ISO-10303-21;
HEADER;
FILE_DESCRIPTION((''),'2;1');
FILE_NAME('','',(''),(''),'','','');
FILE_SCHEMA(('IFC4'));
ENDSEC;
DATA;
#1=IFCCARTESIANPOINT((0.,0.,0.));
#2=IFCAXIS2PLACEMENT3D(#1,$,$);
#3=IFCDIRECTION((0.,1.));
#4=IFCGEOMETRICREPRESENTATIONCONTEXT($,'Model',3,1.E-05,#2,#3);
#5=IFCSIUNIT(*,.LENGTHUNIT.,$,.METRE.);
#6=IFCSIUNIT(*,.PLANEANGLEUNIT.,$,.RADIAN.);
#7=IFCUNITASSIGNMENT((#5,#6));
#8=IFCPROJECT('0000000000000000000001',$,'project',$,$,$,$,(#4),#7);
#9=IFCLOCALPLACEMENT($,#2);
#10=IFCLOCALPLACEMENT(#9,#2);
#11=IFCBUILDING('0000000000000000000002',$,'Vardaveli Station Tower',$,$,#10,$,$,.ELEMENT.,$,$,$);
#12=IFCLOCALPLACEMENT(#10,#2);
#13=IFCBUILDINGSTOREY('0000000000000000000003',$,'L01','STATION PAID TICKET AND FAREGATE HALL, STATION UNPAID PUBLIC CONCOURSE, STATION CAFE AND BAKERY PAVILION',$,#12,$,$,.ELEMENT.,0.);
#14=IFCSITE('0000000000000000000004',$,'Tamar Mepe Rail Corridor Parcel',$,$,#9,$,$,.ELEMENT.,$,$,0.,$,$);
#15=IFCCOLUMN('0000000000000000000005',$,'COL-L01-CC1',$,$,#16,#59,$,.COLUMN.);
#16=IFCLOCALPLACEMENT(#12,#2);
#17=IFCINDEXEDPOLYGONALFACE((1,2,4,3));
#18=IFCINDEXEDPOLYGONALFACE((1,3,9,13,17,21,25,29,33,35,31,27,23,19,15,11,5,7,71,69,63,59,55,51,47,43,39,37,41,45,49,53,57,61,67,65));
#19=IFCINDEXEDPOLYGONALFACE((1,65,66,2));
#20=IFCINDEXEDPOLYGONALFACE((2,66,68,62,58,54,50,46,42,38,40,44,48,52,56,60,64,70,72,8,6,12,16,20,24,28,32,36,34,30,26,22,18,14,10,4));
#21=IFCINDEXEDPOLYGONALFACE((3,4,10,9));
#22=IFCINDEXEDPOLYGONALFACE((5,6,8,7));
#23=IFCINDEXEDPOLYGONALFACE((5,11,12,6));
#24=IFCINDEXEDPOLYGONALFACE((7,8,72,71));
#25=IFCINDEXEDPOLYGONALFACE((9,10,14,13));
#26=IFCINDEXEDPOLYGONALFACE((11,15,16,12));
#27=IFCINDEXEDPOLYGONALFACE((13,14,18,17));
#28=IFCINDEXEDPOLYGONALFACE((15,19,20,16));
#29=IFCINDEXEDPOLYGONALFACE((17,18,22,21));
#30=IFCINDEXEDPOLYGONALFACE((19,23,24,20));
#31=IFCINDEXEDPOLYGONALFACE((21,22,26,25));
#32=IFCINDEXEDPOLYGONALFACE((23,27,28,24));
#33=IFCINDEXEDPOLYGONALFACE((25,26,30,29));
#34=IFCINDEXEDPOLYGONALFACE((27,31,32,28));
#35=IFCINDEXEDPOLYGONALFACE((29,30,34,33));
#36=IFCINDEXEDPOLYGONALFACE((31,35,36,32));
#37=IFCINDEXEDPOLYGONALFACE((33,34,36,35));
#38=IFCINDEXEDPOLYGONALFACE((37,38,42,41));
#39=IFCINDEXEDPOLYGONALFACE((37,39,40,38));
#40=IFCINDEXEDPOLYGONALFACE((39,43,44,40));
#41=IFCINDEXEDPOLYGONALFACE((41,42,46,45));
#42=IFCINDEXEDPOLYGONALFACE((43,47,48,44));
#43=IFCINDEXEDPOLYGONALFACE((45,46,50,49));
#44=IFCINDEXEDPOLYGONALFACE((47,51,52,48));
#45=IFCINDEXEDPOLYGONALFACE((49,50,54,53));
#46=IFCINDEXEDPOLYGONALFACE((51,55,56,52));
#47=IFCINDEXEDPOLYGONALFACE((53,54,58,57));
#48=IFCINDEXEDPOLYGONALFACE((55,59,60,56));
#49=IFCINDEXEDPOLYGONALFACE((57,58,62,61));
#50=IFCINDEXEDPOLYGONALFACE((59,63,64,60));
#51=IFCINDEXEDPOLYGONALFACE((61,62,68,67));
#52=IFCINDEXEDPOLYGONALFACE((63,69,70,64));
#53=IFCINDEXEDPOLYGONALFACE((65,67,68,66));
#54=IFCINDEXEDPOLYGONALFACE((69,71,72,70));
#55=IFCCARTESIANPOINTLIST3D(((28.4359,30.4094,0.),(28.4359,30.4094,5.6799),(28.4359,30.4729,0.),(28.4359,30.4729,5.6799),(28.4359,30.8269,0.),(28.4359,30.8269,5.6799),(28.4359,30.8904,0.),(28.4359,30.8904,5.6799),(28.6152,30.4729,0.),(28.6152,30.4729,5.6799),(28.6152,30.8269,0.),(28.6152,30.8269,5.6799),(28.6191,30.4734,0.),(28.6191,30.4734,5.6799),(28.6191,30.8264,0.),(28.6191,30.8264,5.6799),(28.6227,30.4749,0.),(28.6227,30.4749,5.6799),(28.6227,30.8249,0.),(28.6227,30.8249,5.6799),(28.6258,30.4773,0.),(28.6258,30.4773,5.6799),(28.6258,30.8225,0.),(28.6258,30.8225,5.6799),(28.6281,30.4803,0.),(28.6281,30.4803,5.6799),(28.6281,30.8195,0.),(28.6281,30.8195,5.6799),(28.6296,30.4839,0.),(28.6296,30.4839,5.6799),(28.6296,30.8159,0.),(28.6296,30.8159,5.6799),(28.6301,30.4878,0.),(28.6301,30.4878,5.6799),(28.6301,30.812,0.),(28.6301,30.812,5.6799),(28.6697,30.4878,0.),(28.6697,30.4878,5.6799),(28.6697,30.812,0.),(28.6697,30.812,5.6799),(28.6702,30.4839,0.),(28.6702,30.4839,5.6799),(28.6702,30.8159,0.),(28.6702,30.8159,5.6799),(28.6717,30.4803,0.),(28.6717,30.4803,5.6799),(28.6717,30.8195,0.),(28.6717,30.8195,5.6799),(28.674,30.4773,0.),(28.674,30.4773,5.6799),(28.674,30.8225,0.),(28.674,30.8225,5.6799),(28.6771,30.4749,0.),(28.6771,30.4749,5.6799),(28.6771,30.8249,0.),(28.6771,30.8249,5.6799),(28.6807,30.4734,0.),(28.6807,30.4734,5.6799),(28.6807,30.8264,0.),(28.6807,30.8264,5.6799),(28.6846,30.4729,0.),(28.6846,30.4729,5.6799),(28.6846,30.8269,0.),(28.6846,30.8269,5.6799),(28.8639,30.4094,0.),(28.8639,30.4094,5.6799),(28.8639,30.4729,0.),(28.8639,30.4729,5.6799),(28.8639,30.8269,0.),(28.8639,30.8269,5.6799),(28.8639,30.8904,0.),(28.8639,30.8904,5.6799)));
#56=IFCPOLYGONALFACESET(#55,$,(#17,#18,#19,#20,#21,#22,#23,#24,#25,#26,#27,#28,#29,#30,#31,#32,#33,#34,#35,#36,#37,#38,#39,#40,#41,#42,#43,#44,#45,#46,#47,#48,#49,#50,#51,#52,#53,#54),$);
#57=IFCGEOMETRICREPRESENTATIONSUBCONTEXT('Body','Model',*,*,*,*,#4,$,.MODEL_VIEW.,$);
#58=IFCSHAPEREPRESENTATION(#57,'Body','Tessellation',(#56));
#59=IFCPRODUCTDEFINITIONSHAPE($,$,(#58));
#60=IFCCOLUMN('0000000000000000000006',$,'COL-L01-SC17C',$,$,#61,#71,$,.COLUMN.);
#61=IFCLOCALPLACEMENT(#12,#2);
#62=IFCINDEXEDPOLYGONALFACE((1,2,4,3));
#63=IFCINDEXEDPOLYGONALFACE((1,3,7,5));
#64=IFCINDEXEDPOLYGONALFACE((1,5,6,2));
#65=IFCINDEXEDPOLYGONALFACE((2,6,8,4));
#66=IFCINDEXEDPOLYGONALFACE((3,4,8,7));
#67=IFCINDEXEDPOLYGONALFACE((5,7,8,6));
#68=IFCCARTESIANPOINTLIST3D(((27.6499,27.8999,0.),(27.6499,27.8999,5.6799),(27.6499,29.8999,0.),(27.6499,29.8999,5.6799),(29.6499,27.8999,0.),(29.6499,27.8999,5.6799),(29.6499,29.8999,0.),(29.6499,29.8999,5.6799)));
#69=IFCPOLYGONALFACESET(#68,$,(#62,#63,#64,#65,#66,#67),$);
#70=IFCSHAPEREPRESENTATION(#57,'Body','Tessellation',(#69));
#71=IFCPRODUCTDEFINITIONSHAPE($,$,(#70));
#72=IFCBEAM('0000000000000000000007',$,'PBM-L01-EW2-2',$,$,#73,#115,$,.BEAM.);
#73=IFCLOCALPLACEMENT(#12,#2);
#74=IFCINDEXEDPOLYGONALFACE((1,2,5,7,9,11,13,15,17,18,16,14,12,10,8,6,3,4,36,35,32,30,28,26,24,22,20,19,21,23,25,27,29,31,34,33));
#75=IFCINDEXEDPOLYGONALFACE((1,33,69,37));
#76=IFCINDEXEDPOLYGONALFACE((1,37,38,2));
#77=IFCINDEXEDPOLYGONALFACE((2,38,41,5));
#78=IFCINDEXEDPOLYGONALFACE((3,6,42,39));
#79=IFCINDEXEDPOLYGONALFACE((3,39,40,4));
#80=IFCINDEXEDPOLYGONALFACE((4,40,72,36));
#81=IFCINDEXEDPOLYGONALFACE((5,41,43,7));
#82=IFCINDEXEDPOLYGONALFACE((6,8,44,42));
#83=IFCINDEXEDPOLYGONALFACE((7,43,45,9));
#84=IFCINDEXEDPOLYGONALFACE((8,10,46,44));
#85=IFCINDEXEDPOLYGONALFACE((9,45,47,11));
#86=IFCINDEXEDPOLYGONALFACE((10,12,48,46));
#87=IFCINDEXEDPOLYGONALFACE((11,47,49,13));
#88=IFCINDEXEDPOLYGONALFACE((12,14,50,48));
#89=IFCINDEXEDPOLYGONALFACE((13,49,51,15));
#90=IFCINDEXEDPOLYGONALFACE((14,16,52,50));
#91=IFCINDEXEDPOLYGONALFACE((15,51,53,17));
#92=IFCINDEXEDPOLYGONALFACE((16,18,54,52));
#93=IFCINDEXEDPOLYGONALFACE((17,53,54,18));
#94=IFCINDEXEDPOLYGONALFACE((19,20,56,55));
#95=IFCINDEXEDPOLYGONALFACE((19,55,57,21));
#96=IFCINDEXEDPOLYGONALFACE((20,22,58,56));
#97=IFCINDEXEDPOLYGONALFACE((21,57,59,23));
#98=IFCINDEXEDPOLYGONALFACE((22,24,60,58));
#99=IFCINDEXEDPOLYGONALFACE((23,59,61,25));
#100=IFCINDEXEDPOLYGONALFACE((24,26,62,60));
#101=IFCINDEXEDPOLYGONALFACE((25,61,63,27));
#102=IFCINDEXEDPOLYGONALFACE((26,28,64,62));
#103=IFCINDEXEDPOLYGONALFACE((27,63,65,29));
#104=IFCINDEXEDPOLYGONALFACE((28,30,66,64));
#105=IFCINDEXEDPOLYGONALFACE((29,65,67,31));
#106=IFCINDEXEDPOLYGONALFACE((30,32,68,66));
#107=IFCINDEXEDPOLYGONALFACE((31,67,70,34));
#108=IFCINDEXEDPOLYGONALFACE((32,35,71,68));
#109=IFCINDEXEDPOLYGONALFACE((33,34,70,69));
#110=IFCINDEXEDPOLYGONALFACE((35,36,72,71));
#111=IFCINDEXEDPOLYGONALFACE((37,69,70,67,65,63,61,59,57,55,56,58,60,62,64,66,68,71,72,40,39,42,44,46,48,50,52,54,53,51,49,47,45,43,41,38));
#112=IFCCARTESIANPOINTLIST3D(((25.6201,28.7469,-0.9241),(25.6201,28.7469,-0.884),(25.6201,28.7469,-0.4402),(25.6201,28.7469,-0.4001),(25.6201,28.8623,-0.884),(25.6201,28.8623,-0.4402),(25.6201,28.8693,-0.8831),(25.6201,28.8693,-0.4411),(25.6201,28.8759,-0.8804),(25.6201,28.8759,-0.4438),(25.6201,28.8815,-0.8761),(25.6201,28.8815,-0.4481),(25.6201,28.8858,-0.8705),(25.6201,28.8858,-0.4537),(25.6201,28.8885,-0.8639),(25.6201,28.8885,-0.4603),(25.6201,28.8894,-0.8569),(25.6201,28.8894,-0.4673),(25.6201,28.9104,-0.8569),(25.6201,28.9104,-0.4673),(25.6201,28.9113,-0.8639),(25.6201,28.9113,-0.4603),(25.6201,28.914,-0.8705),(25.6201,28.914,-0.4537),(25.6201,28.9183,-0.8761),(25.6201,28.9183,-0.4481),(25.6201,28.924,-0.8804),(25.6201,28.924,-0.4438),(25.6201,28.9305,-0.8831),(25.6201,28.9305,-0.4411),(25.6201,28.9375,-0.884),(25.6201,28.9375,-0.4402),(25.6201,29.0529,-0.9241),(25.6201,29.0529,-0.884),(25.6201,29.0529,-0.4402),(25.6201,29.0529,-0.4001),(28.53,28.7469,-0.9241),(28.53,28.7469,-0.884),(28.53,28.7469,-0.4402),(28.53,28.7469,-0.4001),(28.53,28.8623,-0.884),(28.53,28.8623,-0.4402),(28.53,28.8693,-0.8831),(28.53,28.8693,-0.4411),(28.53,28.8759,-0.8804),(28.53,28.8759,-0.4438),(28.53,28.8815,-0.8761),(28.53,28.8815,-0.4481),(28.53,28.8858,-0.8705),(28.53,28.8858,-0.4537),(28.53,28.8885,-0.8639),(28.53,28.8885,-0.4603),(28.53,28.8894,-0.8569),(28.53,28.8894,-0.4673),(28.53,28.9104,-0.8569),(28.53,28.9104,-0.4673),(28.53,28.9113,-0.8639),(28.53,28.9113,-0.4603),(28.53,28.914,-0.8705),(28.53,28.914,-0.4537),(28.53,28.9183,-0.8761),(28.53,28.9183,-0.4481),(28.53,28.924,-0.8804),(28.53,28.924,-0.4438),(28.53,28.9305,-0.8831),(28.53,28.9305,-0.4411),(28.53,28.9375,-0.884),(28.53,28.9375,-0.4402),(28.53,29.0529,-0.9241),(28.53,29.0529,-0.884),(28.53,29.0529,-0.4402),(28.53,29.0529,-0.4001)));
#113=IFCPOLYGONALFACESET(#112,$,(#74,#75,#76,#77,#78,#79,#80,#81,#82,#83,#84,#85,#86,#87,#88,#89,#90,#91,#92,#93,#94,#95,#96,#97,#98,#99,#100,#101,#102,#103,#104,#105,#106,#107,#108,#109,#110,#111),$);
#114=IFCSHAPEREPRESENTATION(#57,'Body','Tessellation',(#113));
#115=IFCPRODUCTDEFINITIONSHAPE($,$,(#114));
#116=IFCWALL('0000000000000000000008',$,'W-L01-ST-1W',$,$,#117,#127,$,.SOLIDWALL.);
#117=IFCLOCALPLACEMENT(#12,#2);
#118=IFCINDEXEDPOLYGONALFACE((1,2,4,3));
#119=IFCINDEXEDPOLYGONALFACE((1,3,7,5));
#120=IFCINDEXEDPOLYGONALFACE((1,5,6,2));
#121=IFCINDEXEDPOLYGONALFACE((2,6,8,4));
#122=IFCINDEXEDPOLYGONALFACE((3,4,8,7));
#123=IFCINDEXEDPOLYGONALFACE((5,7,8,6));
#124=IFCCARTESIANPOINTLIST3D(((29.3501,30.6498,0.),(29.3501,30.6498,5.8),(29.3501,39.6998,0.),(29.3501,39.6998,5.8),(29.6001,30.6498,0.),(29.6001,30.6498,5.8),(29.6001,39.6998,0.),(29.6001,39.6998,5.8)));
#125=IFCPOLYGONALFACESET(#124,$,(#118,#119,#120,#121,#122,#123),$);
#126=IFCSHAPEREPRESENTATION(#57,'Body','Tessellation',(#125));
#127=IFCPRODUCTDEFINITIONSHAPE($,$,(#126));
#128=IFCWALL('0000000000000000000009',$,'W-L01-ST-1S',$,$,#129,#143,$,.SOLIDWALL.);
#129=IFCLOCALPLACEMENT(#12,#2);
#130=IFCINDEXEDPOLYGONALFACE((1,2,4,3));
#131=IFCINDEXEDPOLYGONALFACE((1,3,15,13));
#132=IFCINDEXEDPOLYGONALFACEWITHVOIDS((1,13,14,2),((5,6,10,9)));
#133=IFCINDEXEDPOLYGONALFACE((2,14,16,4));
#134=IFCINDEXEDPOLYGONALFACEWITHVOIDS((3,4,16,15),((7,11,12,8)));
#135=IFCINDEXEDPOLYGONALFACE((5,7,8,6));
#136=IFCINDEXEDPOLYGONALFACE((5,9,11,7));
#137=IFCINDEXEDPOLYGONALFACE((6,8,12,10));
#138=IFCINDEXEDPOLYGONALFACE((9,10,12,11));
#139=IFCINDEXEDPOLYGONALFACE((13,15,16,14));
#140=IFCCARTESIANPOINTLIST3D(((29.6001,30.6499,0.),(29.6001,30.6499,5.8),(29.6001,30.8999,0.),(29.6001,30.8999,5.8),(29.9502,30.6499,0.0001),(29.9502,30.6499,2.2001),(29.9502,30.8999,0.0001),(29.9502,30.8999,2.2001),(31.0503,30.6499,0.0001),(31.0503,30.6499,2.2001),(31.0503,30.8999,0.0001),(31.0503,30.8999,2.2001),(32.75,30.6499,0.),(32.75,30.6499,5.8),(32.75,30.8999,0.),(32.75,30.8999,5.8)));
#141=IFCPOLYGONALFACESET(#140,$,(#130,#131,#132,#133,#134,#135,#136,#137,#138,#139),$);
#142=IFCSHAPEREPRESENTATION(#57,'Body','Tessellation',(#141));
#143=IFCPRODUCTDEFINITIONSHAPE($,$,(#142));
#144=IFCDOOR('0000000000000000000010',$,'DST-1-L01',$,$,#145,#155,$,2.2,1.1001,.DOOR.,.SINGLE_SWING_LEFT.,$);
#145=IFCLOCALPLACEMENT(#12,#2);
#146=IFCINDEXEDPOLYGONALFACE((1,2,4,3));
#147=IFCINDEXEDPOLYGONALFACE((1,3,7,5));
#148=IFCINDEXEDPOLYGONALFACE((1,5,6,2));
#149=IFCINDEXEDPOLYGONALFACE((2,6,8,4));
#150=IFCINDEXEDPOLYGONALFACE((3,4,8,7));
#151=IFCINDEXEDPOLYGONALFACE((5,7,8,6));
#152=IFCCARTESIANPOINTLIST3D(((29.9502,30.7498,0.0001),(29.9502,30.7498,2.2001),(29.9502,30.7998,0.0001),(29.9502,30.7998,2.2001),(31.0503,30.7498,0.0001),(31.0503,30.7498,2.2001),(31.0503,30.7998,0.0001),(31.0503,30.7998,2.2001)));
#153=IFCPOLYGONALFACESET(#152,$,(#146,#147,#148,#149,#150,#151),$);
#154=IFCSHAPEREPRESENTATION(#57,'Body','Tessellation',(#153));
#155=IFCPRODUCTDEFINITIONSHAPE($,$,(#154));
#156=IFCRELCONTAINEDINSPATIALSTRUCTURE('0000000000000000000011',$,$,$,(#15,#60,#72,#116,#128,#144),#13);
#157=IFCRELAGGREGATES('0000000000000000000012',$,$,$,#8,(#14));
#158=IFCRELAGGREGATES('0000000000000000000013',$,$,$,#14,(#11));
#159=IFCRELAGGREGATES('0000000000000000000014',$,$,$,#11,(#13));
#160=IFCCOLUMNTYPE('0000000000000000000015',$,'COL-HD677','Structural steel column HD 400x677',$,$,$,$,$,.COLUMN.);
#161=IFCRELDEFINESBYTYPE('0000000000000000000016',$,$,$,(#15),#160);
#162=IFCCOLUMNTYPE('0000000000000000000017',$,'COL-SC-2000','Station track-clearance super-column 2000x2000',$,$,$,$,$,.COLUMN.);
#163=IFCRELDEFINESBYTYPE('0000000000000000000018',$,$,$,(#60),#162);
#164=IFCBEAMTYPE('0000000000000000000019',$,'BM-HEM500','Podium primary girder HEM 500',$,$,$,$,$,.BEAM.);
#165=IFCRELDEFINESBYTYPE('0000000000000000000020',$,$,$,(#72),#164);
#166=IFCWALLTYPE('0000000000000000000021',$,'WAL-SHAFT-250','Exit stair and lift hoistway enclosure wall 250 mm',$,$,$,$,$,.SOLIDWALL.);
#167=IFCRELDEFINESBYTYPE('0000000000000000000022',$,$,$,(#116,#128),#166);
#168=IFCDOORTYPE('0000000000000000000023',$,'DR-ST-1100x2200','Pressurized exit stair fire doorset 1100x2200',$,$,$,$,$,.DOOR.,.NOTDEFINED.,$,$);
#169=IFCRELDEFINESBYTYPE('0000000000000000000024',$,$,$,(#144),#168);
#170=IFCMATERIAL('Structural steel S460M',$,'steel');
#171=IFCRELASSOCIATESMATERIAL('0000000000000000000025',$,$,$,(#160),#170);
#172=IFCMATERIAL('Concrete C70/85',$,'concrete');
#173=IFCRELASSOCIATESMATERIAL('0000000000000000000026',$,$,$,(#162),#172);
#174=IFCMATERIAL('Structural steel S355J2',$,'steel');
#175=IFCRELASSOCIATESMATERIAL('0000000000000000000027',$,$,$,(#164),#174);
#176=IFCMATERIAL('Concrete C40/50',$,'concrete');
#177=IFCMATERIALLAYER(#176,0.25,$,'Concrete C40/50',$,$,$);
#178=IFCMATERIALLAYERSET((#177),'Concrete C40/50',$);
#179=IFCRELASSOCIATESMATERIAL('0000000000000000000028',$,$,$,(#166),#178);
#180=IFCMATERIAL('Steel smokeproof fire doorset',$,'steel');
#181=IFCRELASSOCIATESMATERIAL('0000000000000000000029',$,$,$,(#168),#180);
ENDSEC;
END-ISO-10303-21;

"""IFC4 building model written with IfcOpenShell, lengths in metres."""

from ifc_helpers import new_model, si_unit, direction, frame, frame_2d, origin, origin_2d, place, context, subcontext, project, spatial, rectangle, i_section, extrude, source, transform, mapped, material, layer, layer_set, material_profile, profile_set, type_object, element, fill, save


model = new_model("IFC4")

# Units and contexts
model_context = context("Model", 3, precision=1e-05, world=origin(), true_north=direction((0.0, 1.0)))
body_context = subcontext(model_context, "Body", "Model", "MODEL_VIEW")
ifc_project = project(units=[si_unit("LENGTHUNIT", "METRE"), si_unit("PLANEANGLEUNIT", "RADIAN")], contexts=[model_context])

# Site, building, storey
site_placement = place(None, origin())
site = spatial("IfcSite", under=ifc_project, at=site_placement, Name="Tamar Mepe Rail Corridor Parcel", CompositionType="ELEMENT", RefElevation=0.0)
building_placement = place(site_placement, origin())
building = spatial("IfcBuilding", under=site, at=building_placement, Name="Vardaveli Station Tower", CompositionType="ELEMENT")
storey_placement = place(building_placement, origin())
storey = spatial("IfcBuildingStorey", under=building, at=storey_placement, Name="L01", Description="STATION PAID TICKET AND FAREGATE HALL, STATION UNPAID PUBLIC CONCOURSE, STATION CAFE AND BAKERY PAVILION", CompositionType="ELEMENT", Elevation=0.0)

# Columns
ifc_material_1 = material(Name="Structural steel S460M", Category="steel")
ifc_material_profile_1 = material_profile(ifc_material_1, i_section(OverallWidth=0.428, OverallDepth=0.481, WebThickness=0.0396, FlangeThickness=0.0635, FilletRadius=0.0149, at=origin_2d()), Name="HD 400x677")
ifc_profile_set_1 = profile_set([ifc_material_profile_1], Name="Structural steel S460M")
column_type_1 = type_object("IfcColumnType", Name="COL-HD677", Description="Structural steel column HD 400x677", PredefinedType="COLUMN", material=ifc_profile_set_1)
shared_shape_1 = source(origin(), body_context, "Body", "SweptSolid", [
    extrude(i_section(OverallWidth=0.428, OverallDepth=0.481, WebThickness=0.0396, FlangeThickness=0.0635, FilletRadius=0.0149, at=origin_2d()), origin(), (0.0, 0.0, 1.0), 5.6799),
])
column_1_placement = place(storey_placement, frame((28.6499, 30.6499, 0.0), z_axis=(0.0, 0.0, 1.0), x_axis=(1.0, 0.0, 0.0)))
element("IfcColumn", 1, at=column_1_placement, inside=storey, type_object=column_type_1, Name="COL-L01-CC1", PredefinedType="COLUMN", context=body_context, shape_type="MappedRepresentation", body=[
    mapped(shared_shape_1, transform((0.0, 0.0, 0.0), scale=1.0)),
])
ifc_material_2 = material(Name="Concrete C70/85", Category="concrete")
ifc_material_profile_2 = material_profile(ifc_material_2, rectangle(XDim=2.0, YDim=2.0, at=origin_2d()), Name="SC 2000x2000")
ifc_profile_set_2 = profile_set([ifc_material_profile_2], Name="Concrete C70/85")
column_type_2 = type_object("IfcColumnType", Name="COL-SC-2000", Description="Station track-clearance super-column 2000x2000", PredefinedType="COLUMN", material=ifc_profile_set_2)
shared_shape_2 = source(origin(), body_context, "Body", "SweptSolid", [
    extrude(rectangle(XDim=2.0, YDim=2.0, at=origin_2d()), origin(), (0.0, 0.0, 1.0), 5.6799),
])
column_2_placement = place(storey_placement, frame((28.6499, 28.8999, 0.0), z_axis=(0.0, 0.0, 1.0), x_axis=(1.0, 0.0, 0.0)))
element("IfcColumn", 2, at=column_2_placement, inside=storey, type_object=column_type_2, Name="COL-L01-SC17C", PredefinedType="COLUMN", context=body_context, shape_type="MappedRepresentation", body=[
    mapped(shared_shape_2, transform((0.0, 0.0, 0.0), scale=1.0)),
])

# Beam
ifc_material_3 = material(Name="Structural steel S355J2", Category="steel")
ifc_material_profile_3 = material_profile(ifc_material_3, i_section(OverallWidth=0.3059, OverallDepth=0.5239, WebThickness=0.021, FlangeThickness=0.04, FilletRadius=0.0271, at=origin_2d()), Name="HEM 500")
ifc_profile_set_3 = profile_set([ifc_material_profile_3], Name="Structural steel S355J2")
beam_type = type_object("IfcBeamType", Name="BM-HEM500", Description="Podium primary girder HEM 500", PredefinedType="BEAM", material=ifc_profile_set_3)
shared_shape_3 = source(origin(), body_context, "Body", "SweptSolid", [
    extrude(i_section(OverallWidth=0.3059, OverallDepth=0.5239, WebThickness=0.021, FlangeThickness=0.04, FilletRadius=0.0271, at=origin_2d()), origin(), (0.0, 0.0, 1.0), 2.9099),
])
beam_placement = place(storey_placement, frame((25.6201, 28.8999, -0.6621), z_axis=(1.0, 0.0, 0.0), x_axis=(0.0, 1.0, 0.0)))
element("IfcBeam", 3, at=beam_placement, inside=storey, type_object=beam_type, Name="PBM-L01-EW2-2", PredefinedType="BEAM", context=body_context, shape_type="MappedRepresentation", body=[
    mapped(shared_shape_3, transform((0.0, 0.0, 0.0), scale=1.0)),
])

# Wall
ifc_material_4 = material(Name="Concrete C40/50", Category="concrete")
ifc_layer_1 = layer(ifc_material_4, 0.25, Name="Concrete C40/50")
ifc_layer_set_1 = layer_set([ifc_layer_1], Name="Concrete C40/50")
wall_type_1 = type_object("IfcWallType", Name="WAL-SHAFT-250", Description="Exit stair and lift hoistway enclosure wall 250 mm", PredefinedType="SOLIDWALL", material=ifc_layer_set_1)
shared_shape_4 = source(origin(), body_context, "Body", "SweptSolid", [
    extrude(rectangle(XDim=9.05, YDim=0.25, at=frame_2d((4.5249, 0.0))), origin(), (0.0, 0.0, 1.0), 5.8),
])
wall_1_placement = place(storey_placement, frame((29.4751, 30.6499, 0.0), z_axis=(0.0, 0.0, 1.0), x_axis=(0.0, 1.0, 0.0)))
element("IfcWall", 4, at=wall_1_placement, inside=storey, type_object=wall_type_1, Name="W-L01-ST-1W", PredefinedType="SOLIDWALL", context=body_context, shape_type="MappedRepresentation", body=[
    mapped(shared_shape_4, transform((0.0, 0.0, 0.0), scale=1.0)),
])

# Wall, opening, door
shared_shape_5 = source(origin(), body_context, "Body", "SweptSolid", [
    extrude(rectangle(XDim=3.1499, YDim=0.25, at=frame_2d((1.575, 0.0))), origin(), (0.0, 0.0, 1.0), 5.8),
])
wall_2_placement = place(storey_placement, frame((29.6001, 30.7749, 0.0), z_axis=(0.0, 0.0, 1.0), x_axis=(1.0, 0.0, 0.0)))
wall_2 = element("IfcWall", 5, at=wall_2_placement, inside=storey, type_object=wall_type_1, Name="W-L01-ST-1S", PredefinedType="SOLIDWALL", context=body_context, shape_type="MappedRepresentation", body=[
    mapped(shared_shape_5, transform((0.0, 0.0, 0.0), scale=1.0)),
])
shared_shape_6 = source(origin(), body_context, "Body", "SweptSolid", [
    extrude(rectangle(XDim=1.1001, YDim=2.2, at=frame_2d((0.55, 1.1001))), frame((0.0, 0.135, 0.0), z_axis=(0.0, -1.0, 0.0), x_axis=(1.0, 0.0, 0.0)), (0.0, 0.0, 1.0), 0.27),
])
opening_1_placement = place(wall_2_placement, frame((0.3501, 0.0, 0.0)))
opening_1 = element("IfcOpeningElement", 6, at=opening_1_placement, cuts=wall_2, PredefinedType="OPENING", context=body_context, shape_type="MappedRepresentation", body=[
    mapped(shared_shape_6, transform((0.0, 0.0, 0.0), scale=1.0)),
])
ifc_material_5 = material(Name="Steel smokeproof fire doorset", Category="steel")
door_type_1 = type_object("IfcDoorType", Name="DR-ST-1100x2200", Description="Pressurized exit stair fire doorset 1100x2200", OperationType="NOTDEFINED", PredefinedType="DOOR", material=ifc_material_5)
shared_shape_7 = source(origin(), body_context, "Body", "SweptSolid", [
    extrude(rectangle(XDim=1.1001, YDim=2.2, at=frame_2d((0.55, 1.1001))), frame((0.0, 0.0249, 0.0), z_axis=(0.0, -1.0, 0.0), x_axis=(1.0, 0.0, 0.0)), (0.0, 0.0, 1.0), 0.05),
])
door_1_placement = place(opening_1_placement, origin())
door_1 = element("IfcDoor", 7, at=door_1_placement, inside=storey, type_object=door_type_1, Name="DST-1-L01", OperationType="SINGLE_SWING_LEFT", OverallHeight=2.2, OverallWidth=1.1001, PredefinedType="DOOR", context=body_context, shape_type="MappedRepresentation", body=[
    mapped(shared_shape_7, transform((0.0, 0.0, 0.0), scale=1.0)),
])
fill(opening_1, door_1)

save(model, "model.ifc")
